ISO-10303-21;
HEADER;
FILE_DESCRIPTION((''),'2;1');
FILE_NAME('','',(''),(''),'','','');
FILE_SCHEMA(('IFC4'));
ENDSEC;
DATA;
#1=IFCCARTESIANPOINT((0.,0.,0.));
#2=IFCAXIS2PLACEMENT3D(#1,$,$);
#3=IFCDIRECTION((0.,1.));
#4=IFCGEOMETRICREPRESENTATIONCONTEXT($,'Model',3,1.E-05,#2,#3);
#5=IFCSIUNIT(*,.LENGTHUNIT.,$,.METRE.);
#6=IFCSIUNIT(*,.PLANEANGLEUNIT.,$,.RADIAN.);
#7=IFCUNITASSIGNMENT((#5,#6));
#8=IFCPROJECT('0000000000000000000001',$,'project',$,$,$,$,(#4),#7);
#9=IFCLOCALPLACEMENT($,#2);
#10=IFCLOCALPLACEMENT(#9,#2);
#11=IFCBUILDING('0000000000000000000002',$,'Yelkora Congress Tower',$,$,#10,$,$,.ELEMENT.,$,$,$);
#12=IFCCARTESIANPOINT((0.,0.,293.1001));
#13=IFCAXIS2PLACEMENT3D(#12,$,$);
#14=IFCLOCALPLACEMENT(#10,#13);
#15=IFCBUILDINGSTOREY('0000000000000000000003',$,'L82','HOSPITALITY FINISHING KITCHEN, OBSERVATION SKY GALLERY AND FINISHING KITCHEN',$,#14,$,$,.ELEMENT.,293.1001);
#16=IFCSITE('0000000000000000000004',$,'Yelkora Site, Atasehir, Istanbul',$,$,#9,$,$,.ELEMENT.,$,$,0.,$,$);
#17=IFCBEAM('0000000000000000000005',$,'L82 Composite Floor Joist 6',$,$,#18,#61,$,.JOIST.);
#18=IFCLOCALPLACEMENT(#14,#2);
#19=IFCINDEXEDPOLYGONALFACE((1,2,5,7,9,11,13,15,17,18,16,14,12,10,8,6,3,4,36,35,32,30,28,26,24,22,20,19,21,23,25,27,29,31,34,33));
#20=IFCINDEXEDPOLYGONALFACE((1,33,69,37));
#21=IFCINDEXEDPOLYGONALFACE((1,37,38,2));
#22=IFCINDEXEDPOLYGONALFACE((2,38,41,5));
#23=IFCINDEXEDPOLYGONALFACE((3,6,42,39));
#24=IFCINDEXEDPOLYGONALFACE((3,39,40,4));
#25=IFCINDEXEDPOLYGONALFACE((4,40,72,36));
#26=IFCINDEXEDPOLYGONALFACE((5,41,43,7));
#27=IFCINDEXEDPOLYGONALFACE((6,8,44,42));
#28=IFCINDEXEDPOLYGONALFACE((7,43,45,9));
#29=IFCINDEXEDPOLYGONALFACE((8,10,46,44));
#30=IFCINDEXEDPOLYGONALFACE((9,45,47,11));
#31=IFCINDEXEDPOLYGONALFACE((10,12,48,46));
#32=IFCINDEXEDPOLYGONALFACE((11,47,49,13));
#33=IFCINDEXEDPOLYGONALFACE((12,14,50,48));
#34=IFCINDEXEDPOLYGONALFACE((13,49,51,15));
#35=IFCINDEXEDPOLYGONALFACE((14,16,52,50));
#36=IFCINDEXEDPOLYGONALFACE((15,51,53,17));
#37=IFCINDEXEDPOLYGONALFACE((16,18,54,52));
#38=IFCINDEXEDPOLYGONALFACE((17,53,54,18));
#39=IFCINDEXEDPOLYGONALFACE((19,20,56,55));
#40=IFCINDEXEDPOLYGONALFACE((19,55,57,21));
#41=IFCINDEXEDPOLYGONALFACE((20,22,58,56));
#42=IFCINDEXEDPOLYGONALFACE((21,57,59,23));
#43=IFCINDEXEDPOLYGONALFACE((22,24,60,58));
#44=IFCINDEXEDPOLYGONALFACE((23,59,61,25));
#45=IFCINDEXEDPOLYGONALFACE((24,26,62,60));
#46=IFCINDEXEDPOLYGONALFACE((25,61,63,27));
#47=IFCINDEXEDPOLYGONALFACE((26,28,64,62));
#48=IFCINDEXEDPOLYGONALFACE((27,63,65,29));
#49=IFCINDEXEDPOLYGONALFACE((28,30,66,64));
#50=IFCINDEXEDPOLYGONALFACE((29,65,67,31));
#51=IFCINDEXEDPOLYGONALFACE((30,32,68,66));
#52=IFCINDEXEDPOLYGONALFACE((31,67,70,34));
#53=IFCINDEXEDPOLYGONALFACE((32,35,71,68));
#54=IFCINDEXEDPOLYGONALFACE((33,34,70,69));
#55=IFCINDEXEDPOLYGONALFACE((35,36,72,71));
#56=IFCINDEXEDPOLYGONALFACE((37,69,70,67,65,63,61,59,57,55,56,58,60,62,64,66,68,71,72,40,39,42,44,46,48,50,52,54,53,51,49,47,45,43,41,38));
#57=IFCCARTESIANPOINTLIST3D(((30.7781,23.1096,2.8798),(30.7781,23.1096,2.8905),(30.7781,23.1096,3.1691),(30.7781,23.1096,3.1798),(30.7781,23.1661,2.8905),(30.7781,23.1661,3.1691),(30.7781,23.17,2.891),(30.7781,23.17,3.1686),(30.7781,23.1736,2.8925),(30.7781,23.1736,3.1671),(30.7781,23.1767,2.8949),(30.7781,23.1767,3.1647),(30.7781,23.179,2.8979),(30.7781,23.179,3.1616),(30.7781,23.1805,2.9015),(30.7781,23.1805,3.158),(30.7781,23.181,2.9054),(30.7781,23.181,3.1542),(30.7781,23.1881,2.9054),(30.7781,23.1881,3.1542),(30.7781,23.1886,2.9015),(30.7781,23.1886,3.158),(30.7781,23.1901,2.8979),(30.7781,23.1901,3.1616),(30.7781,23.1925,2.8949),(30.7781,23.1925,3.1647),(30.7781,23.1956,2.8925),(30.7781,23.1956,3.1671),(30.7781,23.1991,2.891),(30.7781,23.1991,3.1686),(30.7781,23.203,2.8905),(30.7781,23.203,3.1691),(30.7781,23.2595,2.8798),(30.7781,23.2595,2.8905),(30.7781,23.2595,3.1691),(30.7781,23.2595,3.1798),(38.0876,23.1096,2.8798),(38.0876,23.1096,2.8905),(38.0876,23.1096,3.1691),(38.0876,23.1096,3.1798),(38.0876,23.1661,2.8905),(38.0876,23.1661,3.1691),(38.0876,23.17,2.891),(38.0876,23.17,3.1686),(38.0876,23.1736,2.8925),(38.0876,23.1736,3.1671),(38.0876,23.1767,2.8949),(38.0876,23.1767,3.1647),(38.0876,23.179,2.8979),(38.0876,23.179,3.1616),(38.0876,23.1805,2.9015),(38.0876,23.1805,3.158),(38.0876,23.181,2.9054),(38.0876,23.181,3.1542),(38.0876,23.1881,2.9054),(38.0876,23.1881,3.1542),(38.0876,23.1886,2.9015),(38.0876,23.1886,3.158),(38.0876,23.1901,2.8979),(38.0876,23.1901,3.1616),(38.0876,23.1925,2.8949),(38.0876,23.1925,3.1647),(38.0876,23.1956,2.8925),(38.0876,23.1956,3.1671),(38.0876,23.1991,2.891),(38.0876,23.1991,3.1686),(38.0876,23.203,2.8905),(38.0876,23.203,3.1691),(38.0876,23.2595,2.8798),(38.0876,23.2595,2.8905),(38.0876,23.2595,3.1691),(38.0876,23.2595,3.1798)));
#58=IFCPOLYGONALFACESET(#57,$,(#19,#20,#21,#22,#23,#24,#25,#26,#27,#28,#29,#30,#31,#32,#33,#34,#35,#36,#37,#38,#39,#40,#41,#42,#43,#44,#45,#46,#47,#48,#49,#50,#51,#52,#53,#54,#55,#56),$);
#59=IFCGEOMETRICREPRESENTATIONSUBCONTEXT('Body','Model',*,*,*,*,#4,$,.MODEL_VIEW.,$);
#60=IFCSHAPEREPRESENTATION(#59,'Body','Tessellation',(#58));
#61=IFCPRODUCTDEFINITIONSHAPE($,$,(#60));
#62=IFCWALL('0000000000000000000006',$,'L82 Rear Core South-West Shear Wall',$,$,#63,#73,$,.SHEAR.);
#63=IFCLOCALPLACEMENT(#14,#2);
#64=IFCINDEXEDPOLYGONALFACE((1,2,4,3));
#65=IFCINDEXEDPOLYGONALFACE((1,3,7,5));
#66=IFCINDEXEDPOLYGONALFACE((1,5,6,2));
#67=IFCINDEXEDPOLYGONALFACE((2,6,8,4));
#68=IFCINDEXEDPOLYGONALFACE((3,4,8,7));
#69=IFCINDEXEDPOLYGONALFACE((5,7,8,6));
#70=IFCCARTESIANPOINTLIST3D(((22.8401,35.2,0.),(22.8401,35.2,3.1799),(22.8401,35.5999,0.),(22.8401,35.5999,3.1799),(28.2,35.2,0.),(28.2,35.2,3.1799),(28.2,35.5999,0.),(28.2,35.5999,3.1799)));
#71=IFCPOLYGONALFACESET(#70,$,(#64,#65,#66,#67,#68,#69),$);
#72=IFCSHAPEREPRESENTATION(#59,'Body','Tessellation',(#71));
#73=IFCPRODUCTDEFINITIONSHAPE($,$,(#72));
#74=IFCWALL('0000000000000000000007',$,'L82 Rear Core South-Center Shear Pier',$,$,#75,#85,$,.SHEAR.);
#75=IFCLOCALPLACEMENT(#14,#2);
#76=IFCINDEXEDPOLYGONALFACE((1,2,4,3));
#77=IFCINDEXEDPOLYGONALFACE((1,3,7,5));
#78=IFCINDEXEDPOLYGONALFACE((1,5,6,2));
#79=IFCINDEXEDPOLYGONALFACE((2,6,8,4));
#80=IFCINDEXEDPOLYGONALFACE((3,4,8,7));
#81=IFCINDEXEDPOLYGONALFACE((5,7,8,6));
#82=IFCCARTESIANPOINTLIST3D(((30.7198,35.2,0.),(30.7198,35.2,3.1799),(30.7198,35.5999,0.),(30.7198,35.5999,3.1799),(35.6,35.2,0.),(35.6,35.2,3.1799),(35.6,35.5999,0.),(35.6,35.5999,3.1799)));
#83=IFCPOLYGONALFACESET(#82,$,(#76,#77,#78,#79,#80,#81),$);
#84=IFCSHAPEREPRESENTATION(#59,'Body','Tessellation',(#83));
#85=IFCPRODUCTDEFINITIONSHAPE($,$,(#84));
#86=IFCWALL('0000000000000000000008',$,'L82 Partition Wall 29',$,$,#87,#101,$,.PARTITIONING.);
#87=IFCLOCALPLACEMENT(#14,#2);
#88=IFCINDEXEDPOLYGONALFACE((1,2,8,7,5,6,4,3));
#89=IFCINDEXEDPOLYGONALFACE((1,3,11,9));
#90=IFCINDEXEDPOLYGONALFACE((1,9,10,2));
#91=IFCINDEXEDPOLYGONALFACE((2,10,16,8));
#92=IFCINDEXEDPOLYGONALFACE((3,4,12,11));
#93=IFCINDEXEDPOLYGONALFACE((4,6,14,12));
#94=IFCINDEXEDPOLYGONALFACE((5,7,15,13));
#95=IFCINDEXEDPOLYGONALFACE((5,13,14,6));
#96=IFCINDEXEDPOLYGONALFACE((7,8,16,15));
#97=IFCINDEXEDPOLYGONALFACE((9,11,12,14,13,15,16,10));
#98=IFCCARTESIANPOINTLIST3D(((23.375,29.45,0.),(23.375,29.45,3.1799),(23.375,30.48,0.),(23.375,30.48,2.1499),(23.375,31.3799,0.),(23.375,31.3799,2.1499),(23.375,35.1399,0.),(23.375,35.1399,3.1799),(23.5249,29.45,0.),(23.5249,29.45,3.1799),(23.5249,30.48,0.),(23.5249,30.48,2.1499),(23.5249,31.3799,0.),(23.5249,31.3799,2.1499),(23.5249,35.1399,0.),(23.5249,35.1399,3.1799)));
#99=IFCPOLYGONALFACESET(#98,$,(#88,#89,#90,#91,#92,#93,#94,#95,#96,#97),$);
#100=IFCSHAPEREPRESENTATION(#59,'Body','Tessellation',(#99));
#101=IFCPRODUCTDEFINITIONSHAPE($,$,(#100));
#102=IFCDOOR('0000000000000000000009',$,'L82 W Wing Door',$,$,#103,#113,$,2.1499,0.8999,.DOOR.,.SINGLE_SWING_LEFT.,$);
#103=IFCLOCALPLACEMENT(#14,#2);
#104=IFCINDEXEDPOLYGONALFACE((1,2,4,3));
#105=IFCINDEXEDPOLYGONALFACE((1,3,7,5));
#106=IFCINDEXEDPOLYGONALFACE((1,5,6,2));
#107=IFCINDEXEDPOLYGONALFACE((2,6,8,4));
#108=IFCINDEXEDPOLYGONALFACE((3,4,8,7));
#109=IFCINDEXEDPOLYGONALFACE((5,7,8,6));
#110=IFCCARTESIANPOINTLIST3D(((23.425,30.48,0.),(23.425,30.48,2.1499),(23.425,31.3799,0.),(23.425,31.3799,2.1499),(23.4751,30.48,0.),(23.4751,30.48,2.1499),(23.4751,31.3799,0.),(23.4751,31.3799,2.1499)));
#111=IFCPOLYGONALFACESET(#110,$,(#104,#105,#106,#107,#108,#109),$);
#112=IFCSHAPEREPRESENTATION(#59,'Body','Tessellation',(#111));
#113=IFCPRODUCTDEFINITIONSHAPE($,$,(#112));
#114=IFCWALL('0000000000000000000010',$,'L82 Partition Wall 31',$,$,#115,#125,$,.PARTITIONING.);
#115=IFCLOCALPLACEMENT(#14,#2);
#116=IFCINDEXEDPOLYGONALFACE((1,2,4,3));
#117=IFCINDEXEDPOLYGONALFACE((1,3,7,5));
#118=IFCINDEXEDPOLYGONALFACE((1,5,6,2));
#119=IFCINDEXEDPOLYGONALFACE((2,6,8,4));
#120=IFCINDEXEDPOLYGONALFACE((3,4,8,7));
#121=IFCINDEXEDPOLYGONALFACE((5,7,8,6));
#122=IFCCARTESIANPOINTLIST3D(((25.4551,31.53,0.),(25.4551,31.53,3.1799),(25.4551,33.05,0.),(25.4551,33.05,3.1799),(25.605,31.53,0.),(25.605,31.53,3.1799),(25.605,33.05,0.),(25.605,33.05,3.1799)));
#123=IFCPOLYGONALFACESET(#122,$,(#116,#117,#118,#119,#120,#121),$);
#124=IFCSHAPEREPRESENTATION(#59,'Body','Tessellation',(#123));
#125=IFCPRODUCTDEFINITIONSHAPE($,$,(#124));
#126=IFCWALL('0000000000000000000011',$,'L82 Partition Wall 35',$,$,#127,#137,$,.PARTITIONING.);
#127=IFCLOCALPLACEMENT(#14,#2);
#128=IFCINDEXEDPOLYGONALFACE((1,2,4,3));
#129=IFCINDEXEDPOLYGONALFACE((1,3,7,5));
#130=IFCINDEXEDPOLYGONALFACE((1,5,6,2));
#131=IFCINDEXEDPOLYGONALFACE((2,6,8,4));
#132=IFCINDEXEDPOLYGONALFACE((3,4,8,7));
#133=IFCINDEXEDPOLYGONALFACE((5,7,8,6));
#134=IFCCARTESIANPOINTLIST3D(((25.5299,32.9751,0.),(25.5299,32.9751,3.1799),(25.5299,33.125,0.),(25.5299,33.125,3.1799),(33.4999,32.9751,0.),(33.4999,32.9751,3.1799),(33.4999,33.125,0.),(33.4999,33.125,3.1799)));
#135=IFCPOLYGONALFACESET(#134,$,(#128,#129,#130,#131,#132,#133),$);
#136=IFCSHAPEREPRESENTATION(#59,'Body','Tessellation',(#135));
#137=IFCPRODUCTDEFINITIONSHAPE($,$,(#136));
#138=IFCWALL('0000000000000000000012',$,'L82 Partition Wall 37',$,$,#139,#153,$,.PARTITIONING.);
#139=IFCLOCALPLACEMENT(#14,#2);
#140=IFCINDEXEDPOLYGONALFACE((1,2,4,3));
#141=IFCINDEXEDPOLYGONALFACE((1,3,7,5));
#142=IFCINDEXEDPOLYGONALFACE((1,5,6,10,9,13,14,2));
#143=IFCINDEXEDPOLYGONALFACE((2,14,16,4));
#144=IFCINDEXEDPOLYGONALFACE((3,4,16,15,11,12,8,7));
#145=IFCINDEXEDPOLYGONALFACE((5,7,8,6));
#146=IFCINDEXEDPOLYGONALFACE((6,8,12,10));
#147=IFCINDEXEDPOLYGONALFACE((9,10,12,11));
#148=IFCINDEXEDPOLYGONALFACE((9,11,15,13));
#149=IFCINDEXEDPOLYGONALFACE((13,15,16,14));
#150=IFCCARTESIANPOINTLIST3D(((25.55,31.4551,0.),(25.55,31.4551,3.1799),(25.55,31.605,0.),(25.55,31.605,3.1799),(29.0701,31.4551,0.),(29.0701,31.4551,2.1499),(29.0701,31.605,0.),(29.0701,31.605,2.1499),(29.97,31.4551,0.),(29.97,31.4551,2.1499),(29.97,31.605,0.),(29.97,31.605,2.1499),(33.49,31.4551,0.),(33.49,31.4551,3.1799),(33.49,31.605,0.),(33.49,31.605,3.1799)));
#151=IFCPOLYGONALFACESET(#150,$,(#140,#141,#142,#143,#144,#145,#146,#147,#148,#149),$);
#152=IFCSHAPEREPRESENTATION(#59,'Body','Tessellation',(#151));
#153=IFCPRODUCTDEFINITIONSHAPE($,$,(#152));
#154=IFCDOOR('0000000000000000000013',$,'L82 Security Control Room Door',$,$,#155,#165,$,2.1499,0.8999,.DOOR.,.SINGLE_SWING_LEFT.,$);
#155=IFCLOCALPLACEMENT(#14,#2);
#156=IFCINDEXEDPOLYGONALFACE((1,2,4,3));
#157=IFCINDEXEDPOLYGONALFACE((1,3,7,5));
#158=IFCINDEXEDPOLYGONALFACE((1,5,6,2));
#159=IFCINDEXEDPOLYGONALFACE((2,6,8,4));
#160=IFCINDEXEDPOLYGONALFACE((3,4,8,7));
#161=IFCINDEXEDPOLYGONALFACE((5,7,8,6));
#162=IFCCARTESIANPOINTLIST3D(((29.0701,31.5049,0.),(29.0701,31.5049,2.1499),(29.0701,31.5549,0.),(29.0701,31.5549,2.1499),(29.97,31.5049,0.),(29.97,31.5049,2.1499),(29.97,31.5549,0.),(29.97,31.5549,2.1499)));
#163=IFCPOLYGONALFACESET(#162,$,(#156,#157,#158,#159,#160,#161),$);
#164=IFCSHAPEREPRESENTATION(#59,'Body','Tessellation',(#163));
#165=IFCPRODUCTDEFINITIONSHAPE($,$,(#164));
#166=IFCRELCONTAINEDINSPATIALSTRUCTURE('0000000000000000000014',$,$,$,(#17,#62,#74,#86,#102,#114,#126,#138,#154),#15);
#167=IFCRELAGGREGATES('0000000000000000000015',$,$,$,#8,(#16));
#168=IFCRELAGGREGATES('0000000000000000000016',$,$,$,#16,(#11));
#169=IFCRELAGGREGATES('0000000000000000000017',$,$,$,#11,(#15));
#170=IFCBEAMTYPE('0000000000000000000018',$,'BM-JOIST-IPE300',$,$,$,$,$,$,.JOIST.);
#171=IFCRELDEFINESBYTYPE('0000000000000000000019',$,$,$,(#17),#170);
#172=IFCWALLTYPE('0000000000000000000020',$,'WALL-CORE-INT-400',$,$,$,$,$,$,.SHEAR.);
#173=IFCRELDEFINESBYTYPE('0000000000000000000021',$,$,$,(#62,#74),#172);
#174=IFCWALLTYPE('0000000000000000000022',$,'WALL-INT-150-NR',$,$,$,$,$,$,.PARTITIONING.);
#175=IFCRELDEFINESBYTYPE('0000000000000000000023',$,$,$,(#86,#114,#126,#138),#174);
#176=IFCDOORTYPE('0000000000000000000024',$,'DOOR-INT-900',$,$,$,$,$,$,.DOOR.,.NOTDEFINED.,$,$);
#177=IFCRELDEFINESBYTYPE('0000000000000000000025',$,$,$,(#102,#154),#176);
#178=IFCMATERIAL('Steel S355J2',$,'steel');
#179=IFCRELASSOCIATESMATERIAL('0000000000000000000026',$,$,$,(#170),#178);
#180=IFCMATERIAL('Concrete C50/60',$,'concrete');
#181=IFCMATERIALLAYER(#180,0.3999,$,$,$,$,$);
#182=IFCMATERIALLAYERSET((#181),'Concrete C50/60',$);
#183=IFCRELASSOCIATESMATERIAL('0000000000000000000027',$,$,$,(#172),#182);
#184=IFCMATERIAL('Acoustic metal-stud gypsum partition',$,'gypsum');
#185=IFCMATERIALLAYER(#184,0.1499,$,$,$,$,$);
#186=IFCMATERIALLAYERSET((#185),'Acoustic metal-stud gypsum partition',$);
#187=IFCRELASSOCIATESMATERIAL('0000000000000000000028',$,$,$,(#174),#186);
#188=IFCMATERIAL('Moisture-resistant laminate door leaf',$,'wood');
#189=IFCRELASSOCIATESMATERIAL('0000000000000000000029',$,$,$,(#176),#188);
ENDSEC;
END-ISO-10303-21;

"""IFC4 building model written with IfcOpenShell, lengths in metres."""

from ifc_helpers import new_model, si_unit, direction, frame, frame_2d, origin, origin_2d, place, context, subcontext, project, spatial, rectangle, i_section, extrude, material, layer, layer_set, material_profile, profile_set, type_object, element, fill, save


model = new_model("IFC4")

# Units and contexts
model_context = context("Model", 3, precision=1e-05, world=origin(), true_north=direction((0.0, 1.0)))
body_context = subcontext(model_context, "Body", "Model", "MODEL_VIEW")
ifc_project = project(units=[si_unit("LENGTHUNIT", "METRE"), si_unit("PLANEANGLEUNIT", "RADIAN")], contexts=[model_context])

# Site, building, storey
site_placement = place(None, origin())
site = spatial("IfcSite", under=ifc_project, at=site_placement, Name="Yelkora Site, Atasehir, Istanbul", CompositionType="ELEMENT", RefElevation=0.0)
building_placement = place(site_placement, origin())
building = spatial("IfcBuilding", under=site, at=building_placement, Name="Yelkora Congress Tower", CompositionType="ELEMENT")
storey_placement = place(building_placement, frame((0.0, 0.0, 293.1001)))
storey = spatial("IfcBuildingStorey", under=building, at=storey_placement, Name="L82", Description="HOSPITALITY FINISHING KITCHEN, OBSERVATION SKY GALLERY AND FINISHING KITCHEN", CompositionType="ELEMENT", Elevation=293.1001)

# Beam
ifc_material_1 = material(Name="Steel S355J2", Category="steel")
ifc_material_profile_1 = material_profile(ifc_material_1, i_section(OverallWidth=0.1499, OverallDepth=0.3, WebThickness=0.0071, FlangeThickness=0.0107, FilletRadius=0.0149, at=origin_2d()), Name="IPE 300")
ifc_profile_set_1 = profile_set([ifc_material_profile_1], Name="Steel S355J2")
beam_type_1 = type_object("IfcBeamType", Name="BM-JOIST-IPE300", PredefinedType="JOIST", material=ifc_profile_set_1)
beam_1_placement = place(storey_placement, frame((30.7781, 23.1846, 3.0298), z_axis=(1.0, 0.0, 0.0), x_axis=(0.0, 1.0, 0.0)))
element("IfcBeam", 1, at=beam_1_placement, inside=storey, type_object=beam_type_1, Name="L82 Composite Floor Joist 6", PredefinedType="JOIST", context=body_context, shape_type="SweptSolid", body=[
    extrude(i_section(OverallWidth=0.1499, OverallDepth=0.3, WebThickness=0.0071, FlangeThickness=0.0107, FilletRadius=0.0149, at=origin_2d()), origin(), (0.0, 0.0, 1.0), 7.3096),
])

# Walls
ifc_material_2 = material(Name="Concrete C50/60", Category="concrete")
ifc_layer_1 = layer(ifc_material_2, 0.3999)
ifc_layer_set_1 = layer_set([ifc_layer_1], Name="Concrete C50/60")
wall_type_1 = type_object("IfcWallType", Name="WALL-CORE-INT-400", PredefinedType="SHEAR", material=ifc_layer_set_1)
wall_1_placement = place(storey_placement, frame((22.8401, 35.3999, 0.0), z_axis=(0.0, 0.0, 1.0), x_axis=(1.0, 0.0, 0.0)))
element("IfcWall", 2, at=wall_1_placement, inside=storey, type_object=wall_type_1, Name="L82 Rear Core South-West Shear Wall", PredefinedType="SHEAR", context=body_context, shape_type="SweptSolid", body=[
    extrude(rectangle(XDim=5.3599, YDim=0.3999, at=frame_2d((2.6799, 0.0))), origin(), (0.0, 0.0, 1.0), 3.1799),
])
wall_2_placement = place(storey_placement, frame((30.72, 35.3999, 0.0), z_axis=(0.0, 0.0, 1.0), x_axis=(1.0, 0.0, 0.0)))
element("IfcWall", 3, at=wall_2_placement, inside=storey, type_object=wall_type_1, Name="L82 Rear Core South-Center Shear Pier", PredefinedType="SHEAR", context=body_context, shape_type="SweptSolid", body=[
    extrude(rectangle(XDim=4.8801, YDim=0.3999, at=frame_2d((2.4399, 0.0))), origin(), (0.0, 0.0, 1.0), 3.1799),
])

# Wall, opening, door
ifc_material_3 = material(Name="Acoustic metal-stud gypsum partition", Category="gypsum")
ifc_layer_2 = layer(ifc_material_3, 0.1499)
ifc_layer_set_2 = layer_set([ifc_layer_2], Name="Acoustic metal-stud gypsum partition")
wall_type_2 = type_object("IfcWallType", Name="WALL-INT-150-NR", PredefinedType="PARTITIONING", material=ifc_layer_set_2)
wall_3_placement = place(storey_placement, frame((23.45, 29.45, 0.0), z_axis=(0.0, 0.0, 1.0), x_axis=(0.0, 1.0, 0.0)))
wall_3 = element("IfcWall", 4, at=wall_3_placement, inside=storey, type_object=wall_type_2, Name="L82 Partition Wall 29", PredefinedType="PARTITIONING", context=body_context, shape_type="SweptSolid", body=[
    extrude(rectangle(XDim=5.6899, YDim=0.1499, at=frame_2d((2.845, 0.0))), origin(), (0.0, 0.0, 1.0), 3.1799),
])
opening_1_placement = place(wall_3_placement, frame((1.03, 0.0, 0.0)))
opening_1 = element("IfcOpeningElement", 5, at=opening_1_placement, cuts=wall_3, PredefinedType="OPENING", context=body_context, shape_type="SweptSolid", body=[
    extrude(rectangle(XDim=0.8999, YDim=2.1499, at=frame_2d((0.45, 1.075))), frame((0.0, 0.085, 0.0), z_axis=(0.0, -1.0, 0.0), x_axis=(1.0, 0.0, 0.0)), (0.0, 0.0, 1.0), 0.1699),
])
ifc_material_4 = material(Name="Moisture-resistant laminate door leaf", Category="wood")
door_type_1 = type_object("IfcDoorType", Name="DOOR-INT-900", OperationType="NOTDEFINED", PredefinedType="DOOR", material=ifc_material_4)
door_1_placement = place(opening_1_placement, origin())
door_1 = element("IfcDoor", 6, at=door_1_placement, inside=storey, type_object=door_type_1, Name="L82 W Wing Door", OperationType="SINGLE_SWING_LEFT", OverallHeight=2.1499, OverallWidth=0.8999, PredefinedType="DOOR", context=body_context, shape_type="SweptSolid", body=[
    extrude(rectangle(XDim=0.8999, YDim=2.1499, at=frame_2d((0.45, 1.075))), frame((0.0, 0.0249, 0.0), z_axis=(0.0, -1.0, 0.0), x_axis=(1.0, 0.0, 0.0)), (0.0, 0.0, 1.0), 0.05),
])
fill(opening_1, door_1)

# Walls
wall_4_placement = place(storey_placement, frame((25.53, 31.53, 0.0), z_axis=(0.0, 0.0, 1.0), x_axis=(0.0, 1.0, 0.0)))
element("IfcWall", 7, at=wall_4_placement, inside=storey, type_object=wall_type_2, Name="L82 Partition Wall 31", PredefinedType="PARTITIONING", context=body_context, shape_type="SweptSolid", body=[
    extrude(rectangle(XDim=1.52, YDim=0.1499, at=frame_2d((0.76, 0.0))), origin(), (0.0, 0.0, 1.0), 3.1799),
])
wall_5_placement = place(storey_placement, frame((25.53, 33.05, 0.0), z_axis=(0.0, 0.0, 1.0), x_axis=(1.0, 0.0, 0.0)))
element("IfcWall", 8, at=wall_5_placement, inside=storey, type_object=wall_type_2, Name="L82 Partition Wall 35", PredefinedType="PARTITIONING", context=body_context, shape_type="SweptSolid", body=[
    extrude(rectangle(XDim=7.97, YDim=0.1499, at=frame_2d((3.9849, 0.0))), origin(), (0.0, 0.0, 1.0), 3.1799),
])

# Wall, opening, door
wall_6_placement = place(storey_placement, frame((25.55, 31.53, 0.0), z_axis=(0.0, 0.0, 1.0), x_axis=(1.0, 0.0, 0.0)))
wall_6 = element("IfcWall", 9, at=wall_6_placement, inside=storey, type_object=wall_type_2, Name="L82 Partition Wall 37", PredefinedType="PARTITIONING", context=body_context, shape_type="SweptSolid", body=[
    extrude(rectangle(XDim=7.9399, YDim=0.1499, at=frame_2d((3.97, 0.0))), origin(), (0.0, 0.0, 1.0), 3.1799),
])
opening_2_placement = place(wall_6_placement, frame((3.52, 0.0, 0.0)))
opening_2 = element("IfcOpeningElement", 10, at=opening_2_placement, cuts=wall_6, PredefinedType="OPENING", context=body_context, shape_type="SweptSolid", body=[
    extrude(rectangle(XDim=0.8999, YDim=2.1499, at=frame_2d((0.45, 1.075))), frame((0.0, 0.085, 0.0), z_axis=(0.0, -1.0, 0.0), x_axis=(1.0, 0.0, 0.0)), (0.0, 0.0, 1.0), 0.1699),
])
door_2_placement = place(opening_2_placement, origin())
door_2 = element("IfcDoor", 11, at=door_2_placement, inside=storey, type_object=door_type_1, Name="L82 Security Control Room Door", OperationType="SINGLE_SWING_LEFT", OverallHeight=2.1499, OverallWidth=0.8999, PredefinedType="DOOR", context=body_context, shape_type="SweptSolid", body=[
    extrude(rectangle(XDim=0.8999, YDim=2.1499, at=frame_2d((0.45, 1.075))), frame((0.0, 0.0249, 0.0), z_axis=(0.0, -1.0, 0.0), x_axis=(1.0, 0.0, 0.0)), (0.0, 0.0, 1.0), 0.05),
])
fill(opening_2, door_2)

save(model, "model.ifc")
